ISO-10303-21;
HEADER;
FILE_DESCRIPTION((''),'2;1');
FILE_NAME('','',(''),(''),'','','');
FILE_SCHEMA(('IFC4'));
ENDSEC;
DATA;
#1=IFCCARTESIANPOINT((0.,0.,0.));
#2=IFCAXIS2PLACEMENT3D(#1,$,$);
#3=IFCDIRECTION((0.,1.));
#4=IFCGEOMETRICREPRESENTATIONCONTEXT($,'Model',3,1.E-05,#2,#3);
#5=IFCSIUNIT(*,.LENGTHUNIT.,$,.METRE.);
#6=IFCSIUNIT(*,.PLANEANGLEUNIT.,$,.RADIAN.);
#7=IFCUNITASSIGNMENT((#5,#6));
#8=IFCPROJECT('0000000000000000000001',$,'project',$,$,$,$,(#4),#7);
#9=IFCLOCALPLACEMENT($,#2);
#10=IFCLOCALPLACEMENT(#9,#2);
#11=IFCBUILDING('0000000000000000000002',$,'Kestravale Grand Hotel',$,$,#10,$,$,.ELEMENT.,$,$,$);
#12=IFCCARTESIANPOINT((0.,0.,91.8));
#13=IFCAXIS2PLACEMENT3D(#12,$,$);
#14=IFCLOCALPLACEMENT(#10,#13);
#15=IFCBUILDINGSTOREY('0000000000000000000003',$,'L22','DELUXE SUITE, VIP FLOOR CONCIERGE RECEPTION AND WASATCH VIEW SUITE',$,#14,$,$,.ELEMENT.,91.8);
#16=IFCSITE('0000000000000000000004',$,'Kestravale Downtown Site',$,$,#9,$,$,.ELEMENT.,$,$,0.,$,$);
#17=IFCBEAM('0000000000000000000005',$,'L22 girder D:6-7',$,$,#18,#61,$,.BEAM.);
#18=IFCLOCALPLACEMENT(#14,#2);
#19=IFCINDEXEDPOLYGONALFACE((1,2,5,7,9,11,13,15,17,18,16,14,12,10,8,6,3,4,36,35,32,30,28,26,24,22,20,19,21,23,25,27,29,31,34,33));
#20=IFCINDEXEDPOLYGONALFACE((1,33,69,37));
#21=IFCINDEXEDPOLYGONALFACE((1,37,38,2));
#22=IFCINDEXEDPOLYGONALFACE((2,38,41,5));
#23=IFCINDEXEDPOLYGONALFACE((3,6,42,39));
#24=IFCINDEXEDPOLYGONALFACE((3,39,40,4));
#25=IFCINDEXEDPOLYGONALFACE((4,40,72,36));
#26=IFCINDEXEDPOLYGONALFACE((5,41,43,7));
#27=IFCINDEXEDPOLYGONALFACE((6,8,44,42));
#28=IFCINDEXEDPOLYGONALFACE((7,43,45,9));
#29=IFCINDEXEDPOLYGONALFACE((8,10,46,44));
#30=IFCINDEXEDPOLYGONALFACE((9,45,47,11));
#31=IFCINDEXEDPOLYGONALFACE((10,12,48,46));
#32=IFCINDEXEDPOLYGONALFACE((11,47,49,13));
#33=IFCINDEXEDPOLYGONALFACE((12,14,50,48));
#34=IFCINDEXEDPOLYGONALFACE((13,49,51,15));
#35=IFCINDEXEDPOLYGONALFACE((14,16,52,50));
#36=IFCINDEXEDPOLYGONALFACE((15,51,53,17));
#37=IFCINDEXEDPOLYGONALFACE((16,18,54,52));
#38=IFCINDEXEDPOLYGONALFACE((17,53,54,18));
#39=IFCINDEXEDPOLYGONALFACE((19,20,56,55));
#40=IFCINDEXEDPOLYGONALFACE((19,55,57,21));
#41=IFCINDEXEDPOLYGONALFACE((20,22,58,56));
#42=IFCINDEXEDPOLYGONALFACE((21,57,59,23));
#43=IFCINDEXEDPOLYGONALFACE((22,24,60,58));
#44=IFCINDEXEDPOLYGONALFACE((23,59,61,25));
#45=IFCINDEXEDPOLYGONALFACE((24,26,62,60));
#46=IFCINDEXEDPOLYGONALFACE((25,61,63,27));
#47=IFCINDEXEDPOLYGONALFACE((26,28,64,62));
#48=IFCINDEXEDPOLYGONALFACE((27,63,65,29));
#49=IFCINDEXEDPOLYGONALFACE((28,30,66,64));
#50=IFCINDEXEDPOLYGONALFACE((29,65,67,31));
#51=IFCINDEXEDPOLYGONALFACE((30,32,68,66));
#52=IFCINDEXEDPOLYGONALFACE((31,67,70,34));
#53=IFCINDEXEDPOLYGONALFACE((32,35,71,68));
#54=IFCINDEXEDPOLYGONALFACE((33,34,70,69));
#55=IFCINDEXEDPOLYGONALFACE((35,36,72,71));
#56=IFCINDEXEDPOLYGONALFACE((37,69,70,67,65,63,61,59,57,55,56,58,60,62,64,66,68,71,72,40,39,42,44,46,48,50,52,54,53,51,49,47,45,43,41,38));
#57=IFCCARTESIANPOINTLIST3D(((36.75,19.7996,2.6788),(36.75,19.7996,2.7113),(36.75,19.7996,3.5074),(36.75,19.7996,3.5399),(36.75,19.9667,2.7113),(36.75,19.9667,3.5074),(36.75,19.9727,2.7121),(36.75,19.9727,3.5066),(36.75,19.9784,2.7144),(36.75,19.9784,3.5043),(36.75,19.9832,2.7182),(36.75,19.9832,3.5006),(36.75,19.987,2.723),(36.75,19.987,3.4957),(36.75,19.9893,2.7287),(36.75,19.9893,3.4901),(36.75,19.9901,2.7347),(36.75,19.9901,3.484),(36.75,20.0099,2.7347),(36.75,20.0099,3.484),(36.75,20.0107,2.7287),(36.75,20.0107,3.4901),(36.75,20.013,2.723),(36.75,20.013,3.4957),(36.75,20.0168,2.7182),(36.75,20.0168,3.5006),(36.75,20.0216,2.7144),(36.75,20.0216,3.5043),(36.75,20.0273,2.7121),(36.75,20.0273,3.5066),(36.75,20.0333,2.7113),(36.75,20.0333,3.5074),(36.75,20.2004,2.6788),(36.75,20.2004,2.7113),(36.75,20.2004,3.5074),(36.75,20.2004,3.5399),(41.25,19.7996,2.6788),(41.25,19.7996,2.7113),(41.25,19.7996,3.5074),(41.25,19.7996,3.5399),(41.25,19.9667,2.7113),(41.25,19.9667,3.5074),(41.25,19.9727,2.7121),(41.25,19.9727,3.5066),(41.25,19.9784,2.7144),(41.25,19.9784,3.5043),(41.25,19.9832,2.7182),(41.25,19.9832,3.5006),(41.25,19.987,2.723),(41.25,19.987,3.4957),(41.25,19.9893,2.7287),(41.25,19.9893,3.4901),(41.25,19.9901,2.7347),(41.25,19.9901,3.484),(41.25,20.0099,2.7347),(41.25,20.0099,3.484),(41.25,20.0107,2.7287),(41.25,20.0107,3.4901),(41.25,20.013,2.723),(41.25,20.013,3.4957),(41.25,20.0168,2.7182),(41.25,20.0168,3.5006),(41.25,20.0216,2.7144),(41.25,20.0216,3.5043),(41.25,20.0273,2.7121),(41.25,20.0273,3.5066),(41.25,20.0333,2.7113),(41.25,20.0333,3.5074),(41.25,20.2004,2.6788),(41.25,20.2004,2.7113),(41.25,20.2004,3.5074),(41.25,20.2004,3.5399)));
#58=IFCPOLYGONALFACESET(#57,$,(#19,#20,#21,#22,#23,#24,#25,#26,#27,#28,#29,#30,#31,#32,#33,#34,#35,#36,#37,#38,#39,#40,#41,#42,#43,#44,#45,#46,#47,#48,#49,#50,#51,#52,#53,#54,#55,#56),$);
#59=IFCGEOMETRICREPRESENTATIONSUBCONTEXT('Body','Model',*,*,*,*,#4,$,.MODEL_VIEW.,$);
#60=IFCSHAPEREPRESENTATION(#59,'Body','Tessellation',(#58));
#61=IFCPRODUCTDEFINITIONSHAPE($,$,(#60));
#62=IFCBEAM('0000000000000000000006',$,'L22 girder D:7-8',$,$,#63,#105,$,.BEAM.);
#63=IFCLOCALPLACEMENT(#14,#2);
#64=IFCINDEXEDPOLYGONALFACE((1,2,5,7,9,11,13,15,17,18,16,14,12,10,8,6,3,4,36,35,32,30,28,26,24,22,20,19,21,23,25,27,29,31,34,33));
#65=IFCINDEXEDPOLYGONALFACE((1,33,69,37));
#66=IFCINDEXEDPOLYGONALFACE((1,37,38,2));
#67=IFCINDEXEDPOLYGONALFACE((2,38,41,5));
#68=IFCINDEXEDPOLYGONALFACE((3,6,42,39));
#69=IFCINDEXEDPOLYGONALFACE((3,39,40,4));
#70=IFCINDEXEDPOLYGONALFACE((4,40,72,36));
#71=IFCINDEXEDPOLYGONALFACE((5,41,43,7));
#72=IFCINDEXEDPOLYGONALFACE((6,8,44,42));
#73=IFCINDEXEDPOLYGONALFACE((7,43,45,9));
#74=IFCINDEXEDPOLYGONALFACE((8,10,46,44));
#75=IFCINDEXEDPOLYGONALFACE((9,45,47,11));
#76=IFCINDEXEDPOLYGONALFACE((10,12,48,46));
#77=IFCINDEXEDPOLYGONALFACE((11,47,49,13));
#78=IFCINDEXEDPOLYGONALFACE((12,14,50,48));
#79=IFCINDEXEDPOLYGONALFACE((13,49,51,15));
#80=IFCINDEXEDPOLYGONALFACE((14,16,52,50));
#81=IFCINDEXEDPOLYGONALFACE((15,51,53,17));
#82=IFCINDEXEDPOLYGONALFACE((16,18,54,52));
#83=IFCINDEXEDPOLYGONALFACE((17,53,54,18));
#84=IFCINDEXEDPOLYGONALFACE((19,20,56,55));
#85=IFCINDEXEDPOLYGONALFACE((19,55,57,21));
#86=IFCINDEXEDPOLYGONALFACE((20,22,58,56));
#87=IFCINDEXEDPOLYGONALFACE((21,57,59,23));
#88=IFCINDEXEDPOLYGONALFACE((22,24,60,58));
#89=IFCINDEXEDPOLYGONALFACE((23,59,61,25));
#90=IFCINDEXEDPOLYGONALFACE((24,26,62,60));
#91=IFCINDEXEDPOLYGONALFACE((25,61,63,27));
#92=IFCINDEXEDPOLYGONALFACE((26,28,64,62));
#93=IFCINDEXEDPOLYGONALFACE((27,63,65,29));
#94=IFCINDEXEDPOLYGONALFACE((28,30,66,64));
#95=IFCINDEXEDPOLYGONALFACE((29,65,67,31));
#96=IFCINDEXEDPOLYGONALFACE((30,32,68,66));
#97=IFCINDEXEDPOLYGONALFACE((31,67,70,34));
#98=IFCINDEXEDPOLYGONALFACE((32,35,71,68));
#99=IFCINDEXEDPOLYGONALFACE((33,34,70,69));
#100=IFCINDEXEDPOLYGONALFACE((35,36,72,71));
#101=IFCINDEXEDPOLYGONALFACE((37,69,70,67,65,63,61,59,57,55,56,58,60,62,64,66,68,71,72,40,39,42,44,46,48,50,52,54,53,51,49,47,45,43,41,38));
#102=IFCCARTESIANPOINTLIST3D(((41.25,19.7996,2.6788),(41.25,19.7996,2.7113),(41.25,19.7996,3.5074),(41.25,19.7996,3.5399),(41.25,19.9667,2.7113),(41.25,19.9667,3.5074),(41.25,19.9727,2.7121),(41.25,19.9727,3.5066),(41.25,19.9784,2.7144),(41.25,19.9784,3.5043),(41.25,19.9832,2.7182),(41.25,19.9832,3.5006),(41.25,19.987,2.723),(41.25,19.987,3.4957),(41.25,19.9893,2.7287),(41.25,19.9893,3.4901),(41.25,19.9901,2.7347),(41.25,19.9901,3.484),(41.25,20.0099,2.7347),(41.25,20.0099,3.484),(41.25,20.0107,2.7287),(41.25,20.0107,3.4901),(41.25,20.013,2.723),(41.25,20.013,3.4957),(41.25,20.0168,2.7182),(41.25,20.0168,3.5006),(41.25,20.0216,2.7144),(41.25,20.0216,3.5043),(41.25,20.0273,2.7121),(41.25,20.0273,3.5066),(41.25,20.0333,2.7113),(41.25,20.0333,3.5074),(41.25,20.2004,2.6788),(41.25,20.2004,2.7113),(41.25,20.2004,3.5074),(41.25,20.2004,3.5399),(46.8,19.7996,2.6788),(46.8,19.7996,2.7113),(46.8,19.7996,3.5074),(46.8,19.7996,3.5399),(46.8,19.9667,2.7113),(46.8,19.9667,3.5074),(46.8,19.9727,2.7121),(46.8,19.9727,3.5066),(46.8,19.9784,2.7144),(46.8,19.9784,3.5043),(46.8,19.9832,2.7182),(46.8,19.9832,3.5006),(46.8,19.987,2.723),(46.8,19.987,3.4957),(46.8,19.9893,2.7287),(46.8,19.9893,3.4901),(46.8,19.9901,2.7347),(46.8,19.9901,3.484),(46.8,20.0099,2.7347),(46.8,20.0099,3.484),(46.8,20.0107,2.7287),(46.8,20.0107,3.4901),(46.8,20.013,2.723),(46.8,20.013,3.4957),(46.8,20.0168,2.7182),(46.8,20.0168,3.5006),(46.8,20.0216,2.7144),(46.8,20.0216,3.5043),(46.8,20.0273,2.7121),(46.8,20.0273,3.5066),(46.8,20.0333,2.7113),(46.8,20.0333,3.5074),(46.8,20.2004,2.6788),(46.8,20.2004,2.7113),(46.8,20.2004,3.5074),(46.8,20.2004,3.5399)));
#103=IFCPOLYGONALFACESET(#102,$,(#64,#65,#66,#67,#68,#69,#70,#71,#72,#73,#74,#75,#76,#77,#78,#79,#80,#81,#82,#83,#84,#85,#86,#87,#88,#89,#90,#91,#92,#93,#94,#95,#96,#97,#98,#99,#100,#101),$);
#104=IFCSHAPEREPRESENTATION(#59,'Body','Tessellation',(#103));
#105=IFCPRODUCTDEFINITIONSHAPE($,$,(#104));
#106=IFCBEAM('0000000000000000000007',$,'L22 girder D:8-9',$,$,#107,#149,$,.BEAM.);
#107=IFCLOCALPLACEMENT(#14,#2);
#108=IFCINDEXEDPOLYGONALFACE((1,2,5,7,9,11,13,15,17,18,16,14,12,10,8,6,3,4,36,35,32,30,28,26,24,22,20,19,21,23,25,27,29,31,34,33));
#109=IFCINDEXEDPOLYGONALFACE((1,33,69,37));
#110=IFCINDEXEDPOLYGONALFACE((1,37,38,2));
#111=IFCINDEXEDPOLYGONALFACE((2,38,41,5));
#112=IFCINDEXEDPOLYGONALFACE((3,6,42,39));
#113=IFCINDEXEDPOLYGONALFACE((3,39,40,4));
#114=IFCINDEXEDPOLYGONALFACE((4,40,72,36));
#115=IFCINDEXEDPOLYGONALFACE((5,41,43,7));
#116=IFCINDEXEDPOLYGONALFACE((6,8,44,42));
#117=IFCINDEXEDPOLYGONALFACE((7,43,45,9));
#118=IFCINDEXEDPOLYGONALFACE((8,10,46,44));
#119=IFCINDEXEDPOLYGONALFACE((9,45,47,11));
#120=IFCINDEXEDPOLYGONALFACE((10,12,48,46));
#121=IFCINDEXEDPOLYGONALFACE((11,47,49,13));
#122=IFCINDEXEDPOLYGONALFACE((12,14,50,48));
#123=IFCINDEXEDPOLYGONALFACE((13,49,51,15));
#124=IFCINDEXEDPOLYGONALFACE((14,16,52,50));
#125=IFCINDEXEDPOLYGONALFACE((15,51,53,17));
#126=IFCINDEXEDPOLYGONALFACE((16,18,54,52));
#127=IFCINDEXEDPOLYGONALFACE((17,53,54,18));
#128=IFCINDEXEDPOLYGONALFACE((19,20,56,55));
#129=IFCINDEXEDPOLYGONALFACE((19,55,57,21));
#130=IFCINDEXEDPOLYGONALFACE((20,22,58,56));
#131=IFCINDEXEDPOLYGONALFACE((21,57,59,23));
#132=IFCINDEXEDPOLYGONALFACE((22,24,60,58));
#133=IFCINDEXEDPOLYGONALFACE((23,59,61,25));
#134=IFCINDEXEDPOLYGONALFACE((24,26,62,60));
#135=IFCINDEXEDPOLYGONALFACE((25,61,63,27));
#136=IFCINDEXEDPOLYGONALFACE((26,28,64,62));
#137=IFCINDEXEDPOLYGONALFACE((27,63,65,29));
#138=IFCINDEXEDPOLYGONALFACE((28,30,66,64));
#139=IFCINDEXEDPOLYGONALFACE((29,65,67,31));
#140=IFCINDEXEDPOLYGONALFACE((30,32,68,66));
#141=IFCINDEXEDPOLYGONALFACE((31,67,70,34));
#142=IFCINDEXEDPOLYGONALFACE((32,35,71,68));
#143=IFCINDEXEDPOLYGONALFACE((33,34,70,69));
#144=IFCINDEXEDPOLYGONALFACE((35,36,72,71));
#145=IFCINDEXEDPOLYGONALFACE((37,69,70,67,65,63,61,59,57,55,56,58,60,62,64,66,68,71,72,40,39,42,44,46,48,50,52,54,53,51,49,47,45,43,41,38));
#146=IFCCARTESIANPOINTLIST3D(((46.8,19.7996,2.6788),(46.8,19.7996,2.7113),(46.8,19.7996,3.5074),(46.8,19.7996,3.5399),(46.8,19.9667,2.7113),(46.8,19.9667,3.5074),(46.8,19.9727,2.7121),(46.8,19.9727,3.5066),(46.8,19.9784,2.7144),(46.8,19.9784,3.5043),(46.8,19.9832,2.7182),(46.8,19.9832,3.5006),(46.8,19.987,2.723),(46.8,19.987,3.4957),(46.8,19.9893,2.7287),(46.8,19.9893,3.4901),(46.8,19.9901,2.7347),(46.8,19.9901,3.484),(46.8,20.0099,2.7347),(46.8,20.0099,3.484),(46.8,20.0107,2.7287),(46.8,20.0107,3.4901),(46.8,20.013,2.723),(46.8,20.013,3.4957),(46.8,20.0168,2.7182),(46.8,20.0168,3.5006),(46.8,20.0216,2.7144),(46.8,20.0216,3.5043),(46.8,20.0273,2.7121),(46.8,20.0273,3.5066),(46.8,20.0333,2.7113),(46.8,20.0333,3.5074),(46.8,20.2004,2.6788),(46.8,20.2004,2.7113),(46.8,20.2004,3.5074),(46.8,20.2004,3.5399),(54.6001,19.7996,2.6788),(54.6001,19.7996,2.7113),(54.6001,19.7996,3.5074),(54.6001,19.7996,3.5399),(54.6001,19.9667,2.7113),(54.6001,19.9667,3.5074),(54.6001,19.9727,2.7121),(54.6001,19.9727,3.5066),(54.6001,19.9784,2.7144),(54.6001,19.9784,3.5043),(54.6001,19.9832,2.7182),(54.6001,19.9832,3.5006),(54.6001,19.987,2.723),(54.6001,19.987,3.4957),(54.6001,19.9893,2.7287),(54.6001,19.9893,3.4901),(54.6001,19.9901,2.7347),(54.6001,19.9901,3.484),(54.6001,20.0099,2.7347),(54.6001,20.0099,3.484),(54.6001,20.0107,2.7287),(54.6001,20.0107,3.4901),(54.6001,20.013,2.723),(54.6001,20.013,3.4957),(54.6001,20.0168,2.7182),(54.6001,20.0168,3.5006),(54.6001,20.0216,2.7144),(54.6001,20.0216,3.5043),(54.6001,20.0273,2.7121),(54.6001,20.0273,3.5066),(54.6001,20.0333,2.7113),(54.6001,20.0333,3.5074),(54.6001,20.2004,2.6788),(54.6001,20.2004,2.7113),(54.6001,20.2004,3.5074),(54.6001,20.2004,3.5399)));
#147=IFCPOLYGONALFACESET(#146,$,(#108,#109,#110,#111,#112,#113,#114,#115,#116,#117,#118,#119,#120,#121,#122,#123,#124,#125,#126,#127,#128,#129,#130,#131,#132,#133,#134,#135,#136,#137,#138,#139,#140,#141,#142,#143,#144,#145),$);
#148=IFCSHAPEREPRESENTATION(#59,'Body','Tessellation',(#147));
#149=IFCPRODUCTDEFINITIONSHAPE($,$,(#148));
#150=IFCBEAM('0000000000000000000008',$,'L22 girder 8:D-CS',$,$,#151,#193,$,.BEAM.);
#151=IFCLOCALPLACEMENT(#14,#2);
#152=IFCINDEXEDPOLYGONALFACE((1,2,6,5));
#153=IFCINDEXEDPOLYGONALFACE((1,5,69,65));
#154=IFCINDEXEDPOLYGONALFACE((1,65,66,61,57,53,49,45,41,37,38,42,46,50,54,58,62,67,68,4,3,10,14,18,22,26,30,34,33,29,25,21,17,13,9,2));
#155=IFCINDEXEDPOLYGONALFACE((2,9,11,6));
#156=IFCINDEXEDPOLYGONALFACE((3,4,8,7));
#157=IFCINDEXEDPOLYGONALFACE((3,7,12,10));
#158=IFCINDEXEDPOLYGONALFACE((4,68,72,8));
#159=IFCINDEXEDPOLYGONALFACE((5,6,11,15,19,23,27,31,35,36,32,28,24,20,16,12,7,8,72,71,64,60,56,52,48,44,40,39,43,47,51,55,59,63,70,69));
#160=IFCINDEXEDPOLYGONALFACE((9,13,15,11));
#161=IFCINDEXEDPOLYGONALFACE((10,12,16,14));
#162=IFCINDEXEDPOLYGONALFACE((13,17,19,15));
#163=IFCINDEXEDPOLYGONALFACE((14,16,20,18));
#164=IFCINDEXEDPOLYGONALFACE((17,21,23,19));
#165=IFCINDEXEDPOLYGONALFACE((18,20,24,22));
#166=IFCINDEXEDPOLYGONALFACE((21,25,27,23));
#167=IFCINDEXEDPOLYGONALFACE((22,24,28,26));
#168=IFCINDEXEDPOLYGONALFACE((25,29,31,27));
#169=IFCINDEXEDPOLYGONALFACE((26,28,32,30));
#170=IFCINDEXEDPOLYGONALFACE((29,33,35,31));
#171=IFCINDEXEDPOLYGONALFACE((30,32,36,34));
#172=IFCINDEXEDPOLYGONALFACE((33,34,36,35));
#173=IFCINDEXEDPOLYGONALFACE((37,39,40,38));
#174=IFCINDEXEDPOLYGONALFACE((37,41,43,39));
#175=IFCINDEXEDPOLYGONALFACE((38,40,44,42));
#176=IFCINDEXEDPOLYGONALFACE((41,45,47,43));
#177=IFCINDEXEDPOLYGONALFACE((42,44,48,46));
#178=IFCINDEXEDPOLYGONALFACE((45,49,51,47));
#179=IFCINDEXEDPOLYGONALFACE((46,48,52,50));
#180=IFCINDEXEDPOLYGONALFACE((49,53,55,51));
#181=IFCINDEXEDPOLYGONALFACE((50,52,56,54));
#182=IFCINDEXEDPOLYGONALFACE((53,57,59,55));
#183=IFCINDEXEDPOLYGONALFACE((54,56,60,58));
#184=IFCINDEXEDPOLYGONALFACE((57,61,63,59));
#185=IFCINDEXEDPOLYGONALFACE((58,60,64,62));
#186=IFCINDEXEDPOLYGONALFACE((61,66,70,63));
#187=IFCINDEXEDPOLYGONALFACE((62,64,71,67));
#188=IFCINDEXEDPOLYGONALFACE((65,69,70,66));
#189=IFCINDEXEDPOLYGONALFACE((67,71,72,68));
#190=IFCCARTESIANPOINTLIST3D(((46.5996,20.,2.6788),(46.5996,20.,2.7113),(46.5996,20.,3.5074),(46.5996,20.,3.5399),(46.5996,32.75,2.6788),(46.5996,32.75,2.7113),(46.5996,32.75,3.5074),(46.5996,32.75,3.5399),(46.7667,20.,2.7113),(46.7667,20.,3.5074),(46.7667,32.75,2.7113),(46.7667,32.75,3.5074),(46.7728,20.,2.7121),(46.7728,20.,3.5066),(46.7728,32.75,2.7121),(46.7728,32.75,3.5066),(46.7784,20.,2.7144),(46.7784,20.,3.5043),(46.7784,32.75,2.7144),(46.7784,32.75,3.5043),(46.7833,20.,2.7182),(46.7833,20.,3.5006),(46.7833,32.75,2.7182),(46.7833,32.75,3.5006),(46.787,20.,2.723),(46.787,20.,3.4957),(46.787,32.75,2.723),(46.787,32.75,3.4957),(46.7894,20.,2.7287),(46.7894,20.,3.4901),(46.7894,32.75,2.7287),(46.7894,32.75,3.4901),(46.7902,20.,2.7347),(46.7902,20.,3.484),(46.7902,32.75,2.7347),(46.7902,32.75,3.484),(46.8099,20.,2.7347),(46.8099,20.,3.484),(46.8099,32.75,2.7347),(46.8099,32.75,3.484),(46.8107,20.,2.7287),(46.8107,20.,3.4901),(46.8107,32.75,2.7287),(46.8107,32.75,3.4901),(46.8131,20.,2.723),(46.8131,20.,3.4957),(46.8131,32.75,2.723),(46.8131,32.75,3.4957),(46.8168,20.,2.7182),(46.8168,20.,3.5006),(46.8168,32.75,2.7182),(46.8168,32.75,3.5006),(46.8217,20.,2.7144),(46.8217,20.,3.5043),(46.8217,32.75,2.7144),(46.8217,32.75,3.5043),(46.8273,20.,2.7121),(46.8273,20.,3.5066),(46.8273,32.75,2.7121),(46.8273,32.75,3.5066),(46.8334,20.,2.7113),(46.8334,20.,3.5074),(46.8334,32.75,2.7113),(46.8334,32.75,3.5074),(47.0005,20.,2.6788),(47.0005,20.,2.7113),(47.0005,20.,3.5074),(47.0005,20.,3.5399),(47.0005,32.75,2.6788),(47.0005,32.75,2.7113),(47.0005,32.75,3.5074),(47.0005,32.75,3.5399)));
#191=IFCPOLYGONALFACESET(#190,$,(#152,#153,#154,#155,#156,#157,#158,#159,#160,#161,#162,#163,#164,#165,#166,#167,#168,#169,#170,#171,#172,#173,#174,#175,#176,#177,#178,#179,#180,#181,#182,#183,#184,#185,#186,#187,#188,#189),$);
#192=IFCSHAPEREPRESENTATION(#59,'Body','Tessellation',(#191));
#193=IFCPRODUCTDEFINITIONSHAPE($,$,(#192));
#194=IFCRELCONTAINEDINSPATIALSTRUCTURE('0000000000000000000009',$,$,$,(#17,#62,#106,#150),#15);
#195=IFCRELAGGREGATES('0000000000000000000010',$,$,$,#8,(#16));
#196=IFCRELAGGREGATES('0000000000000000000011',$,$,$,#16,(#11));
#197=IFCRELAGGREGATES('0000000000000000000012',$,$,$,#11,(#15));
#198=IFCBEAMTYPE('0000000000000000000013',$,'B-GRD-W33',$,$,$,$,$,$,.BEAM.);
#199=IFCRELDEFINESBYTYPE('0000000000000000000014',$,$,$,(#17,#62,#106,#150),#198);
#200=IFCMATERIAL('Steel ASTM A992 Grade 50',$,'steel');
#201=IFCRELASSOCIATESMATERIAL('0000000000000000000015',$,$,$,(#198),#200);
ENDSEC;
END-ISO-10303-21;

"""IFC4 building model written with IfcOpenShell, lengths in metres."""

from ifc_helpers import new_model, si_unit, direction, frame, origin, origin_2d, place, context, subcontext, project, spatial, i_section, extrude, material, material_profile, profile_set, type_object, element, save


model = new_model("IFC4")

# Units and contexts
model_context = context("Model", 3, precision=1e-05, world=origin(), true_north=direction((0.0, 1.0)))
body_context = subcontext(model_context, "Body", "Model", "MODEL_VIEW")
ifc_project = project(units=[si_unit("LENGTHUNIT", "METRE"), si_unit("PLANEANGLEUNIT", "RADIAN")], contexts=[model_context])

# Site, building, storey
site_placement = place(None, origin())
site = spatial("IfcSite", under=ifc_project, at=site_placement, Name="Kestravale Downtown Site", CompositionType="ELEMENT", RefElevation=0.0)
building_placement = place(site_placement, origin())
building = spatial("IfcBuilding", under=site, at=building_placement, Name="Kestravale Grand Hotel", CompositionType="ELEMENT")
storey_placement = place(building_placement, frame((0.0, 0.0, 91.8)))
storey = spatial("IfcBuildingStorey", under=building, at=storey_placement, Name="L22", Description="DELUXE SUITE, VIP FLOOR CONCIERGE RECEPTION AND WASATCH VIEW SUITE", CompositionType="ELEMENT", Elevation=91.8)

# Beams
ifc_material_1 = material(Name="Steel ASTM A992 Grade 50", Category="steel")
ifc_material_profile_1 = material_profile(ifc_material_1, i_section(OverallWidth=0.4009, OverallDepth=0.8611, WebThickness=0.0198, FlangeThickness=0.0325, FilletRadius=0.0234, at=origin_2d()))
ifc_profile_set_1 = profile_set([ifc_material_profile_1], Name="Steel ASTM A992 Grade 50")
beam_type_1 = type_object("IfcBeamType", Name="B-GRD-W33", PredefinedType="BEAM", material=ifc_profile_set_1)
beam_1_placement = place(storey_placement, frame((36.75, 20.0, 3.1094), z_axis=(1.0, 0.0, 0.0), x_axis=(0.0, 1.0, 0.0)))
element("IfcBeam", 1, at=beam_1_placement, inside=storey, type_object=beam_type_1, Name="L22 girder D:6-7", PredefinedType="BEAM", context=body_context, shape_type="SweptSolid", body=[
    extrude(i_section(OverallWidth=0.4009, OverallDepth=0.8611, WebThickness=0.0198, FlangeThickness=0.0325, FilletRadius=0.0234, at=origin_2d()), origin(), (0.0, 0.0, 1.0), 4.5),
])
beam_2_placement = place(storey_placement, frame((41.25, 20.0, 3.1094), z_axis=(1.0, 0.0, 0.0), x_axis=(0.0, 1.0, 0.0)))
element("IfcBeam", 2, at=beam_2_placement, inside=storey, type_object=beam_type_1, Name="L22 girder D:7-8", PredefinedType="BEAM", context=body_context, shape_type="SweptSolid", body=[
    extrude(i_section(OverallWidth=0.4009, OverallDepth=0.8611, WebThickness=0.0198, FlangeThickness=0.0325, FilletRadius=0.0234, at=origin_2d()), origin(), (0.0, 0.0, 1.0), 5.55),
])
beam_3_placement = place(storey_placement, frame((46.8, 20.0, 3.1094), z_axis=(1.0, 0.0, 0.0), x_axis=(0.0, 1.0, 0.0)))
element("IfcBeam", 3, at=beam_3_placement, inside=storey, type_object=beam_type_1, Name="L22 girder D:8-9", PredefinedType="BEAM", context=body_context, shape_type="SweptSolid", body=[
    extrude(i_section(OverallWidth=0.4009, OverallDepth=0.8611, WebThickness=0.0198, FlangeThickness=0.0325, FilletRadius=0.0234, at=origin_2d()), origin(), (0.0, 0.0, 1.0), 7.8),
])
beam_4_placement = place(storey_placement, frame((46.8, 20.0, 3.1094), z_axis=(0.0, 1.0, 0.0), x_axis=(-1.0, 0.0, 0.0)))
element("IfcBeam", 4, at=beam_4_placement, inside=storey, type_object=beam_type_1, Name="L22 girder 8:D-CS", PredefinedType="BEAM", context=body_context, shape_type="SweptSolid", body=[
    extrude(i_section(OverallWidth=0.4009, OverallDepth=0.8611, WebThickness=0.0198, FlangeThickness=0.0325, FilletRadius=0.0234, at=origin_2d()), origin(), (0.0, 0.0, 1.0), 12.75),
])

save(model, "model.ifc")
